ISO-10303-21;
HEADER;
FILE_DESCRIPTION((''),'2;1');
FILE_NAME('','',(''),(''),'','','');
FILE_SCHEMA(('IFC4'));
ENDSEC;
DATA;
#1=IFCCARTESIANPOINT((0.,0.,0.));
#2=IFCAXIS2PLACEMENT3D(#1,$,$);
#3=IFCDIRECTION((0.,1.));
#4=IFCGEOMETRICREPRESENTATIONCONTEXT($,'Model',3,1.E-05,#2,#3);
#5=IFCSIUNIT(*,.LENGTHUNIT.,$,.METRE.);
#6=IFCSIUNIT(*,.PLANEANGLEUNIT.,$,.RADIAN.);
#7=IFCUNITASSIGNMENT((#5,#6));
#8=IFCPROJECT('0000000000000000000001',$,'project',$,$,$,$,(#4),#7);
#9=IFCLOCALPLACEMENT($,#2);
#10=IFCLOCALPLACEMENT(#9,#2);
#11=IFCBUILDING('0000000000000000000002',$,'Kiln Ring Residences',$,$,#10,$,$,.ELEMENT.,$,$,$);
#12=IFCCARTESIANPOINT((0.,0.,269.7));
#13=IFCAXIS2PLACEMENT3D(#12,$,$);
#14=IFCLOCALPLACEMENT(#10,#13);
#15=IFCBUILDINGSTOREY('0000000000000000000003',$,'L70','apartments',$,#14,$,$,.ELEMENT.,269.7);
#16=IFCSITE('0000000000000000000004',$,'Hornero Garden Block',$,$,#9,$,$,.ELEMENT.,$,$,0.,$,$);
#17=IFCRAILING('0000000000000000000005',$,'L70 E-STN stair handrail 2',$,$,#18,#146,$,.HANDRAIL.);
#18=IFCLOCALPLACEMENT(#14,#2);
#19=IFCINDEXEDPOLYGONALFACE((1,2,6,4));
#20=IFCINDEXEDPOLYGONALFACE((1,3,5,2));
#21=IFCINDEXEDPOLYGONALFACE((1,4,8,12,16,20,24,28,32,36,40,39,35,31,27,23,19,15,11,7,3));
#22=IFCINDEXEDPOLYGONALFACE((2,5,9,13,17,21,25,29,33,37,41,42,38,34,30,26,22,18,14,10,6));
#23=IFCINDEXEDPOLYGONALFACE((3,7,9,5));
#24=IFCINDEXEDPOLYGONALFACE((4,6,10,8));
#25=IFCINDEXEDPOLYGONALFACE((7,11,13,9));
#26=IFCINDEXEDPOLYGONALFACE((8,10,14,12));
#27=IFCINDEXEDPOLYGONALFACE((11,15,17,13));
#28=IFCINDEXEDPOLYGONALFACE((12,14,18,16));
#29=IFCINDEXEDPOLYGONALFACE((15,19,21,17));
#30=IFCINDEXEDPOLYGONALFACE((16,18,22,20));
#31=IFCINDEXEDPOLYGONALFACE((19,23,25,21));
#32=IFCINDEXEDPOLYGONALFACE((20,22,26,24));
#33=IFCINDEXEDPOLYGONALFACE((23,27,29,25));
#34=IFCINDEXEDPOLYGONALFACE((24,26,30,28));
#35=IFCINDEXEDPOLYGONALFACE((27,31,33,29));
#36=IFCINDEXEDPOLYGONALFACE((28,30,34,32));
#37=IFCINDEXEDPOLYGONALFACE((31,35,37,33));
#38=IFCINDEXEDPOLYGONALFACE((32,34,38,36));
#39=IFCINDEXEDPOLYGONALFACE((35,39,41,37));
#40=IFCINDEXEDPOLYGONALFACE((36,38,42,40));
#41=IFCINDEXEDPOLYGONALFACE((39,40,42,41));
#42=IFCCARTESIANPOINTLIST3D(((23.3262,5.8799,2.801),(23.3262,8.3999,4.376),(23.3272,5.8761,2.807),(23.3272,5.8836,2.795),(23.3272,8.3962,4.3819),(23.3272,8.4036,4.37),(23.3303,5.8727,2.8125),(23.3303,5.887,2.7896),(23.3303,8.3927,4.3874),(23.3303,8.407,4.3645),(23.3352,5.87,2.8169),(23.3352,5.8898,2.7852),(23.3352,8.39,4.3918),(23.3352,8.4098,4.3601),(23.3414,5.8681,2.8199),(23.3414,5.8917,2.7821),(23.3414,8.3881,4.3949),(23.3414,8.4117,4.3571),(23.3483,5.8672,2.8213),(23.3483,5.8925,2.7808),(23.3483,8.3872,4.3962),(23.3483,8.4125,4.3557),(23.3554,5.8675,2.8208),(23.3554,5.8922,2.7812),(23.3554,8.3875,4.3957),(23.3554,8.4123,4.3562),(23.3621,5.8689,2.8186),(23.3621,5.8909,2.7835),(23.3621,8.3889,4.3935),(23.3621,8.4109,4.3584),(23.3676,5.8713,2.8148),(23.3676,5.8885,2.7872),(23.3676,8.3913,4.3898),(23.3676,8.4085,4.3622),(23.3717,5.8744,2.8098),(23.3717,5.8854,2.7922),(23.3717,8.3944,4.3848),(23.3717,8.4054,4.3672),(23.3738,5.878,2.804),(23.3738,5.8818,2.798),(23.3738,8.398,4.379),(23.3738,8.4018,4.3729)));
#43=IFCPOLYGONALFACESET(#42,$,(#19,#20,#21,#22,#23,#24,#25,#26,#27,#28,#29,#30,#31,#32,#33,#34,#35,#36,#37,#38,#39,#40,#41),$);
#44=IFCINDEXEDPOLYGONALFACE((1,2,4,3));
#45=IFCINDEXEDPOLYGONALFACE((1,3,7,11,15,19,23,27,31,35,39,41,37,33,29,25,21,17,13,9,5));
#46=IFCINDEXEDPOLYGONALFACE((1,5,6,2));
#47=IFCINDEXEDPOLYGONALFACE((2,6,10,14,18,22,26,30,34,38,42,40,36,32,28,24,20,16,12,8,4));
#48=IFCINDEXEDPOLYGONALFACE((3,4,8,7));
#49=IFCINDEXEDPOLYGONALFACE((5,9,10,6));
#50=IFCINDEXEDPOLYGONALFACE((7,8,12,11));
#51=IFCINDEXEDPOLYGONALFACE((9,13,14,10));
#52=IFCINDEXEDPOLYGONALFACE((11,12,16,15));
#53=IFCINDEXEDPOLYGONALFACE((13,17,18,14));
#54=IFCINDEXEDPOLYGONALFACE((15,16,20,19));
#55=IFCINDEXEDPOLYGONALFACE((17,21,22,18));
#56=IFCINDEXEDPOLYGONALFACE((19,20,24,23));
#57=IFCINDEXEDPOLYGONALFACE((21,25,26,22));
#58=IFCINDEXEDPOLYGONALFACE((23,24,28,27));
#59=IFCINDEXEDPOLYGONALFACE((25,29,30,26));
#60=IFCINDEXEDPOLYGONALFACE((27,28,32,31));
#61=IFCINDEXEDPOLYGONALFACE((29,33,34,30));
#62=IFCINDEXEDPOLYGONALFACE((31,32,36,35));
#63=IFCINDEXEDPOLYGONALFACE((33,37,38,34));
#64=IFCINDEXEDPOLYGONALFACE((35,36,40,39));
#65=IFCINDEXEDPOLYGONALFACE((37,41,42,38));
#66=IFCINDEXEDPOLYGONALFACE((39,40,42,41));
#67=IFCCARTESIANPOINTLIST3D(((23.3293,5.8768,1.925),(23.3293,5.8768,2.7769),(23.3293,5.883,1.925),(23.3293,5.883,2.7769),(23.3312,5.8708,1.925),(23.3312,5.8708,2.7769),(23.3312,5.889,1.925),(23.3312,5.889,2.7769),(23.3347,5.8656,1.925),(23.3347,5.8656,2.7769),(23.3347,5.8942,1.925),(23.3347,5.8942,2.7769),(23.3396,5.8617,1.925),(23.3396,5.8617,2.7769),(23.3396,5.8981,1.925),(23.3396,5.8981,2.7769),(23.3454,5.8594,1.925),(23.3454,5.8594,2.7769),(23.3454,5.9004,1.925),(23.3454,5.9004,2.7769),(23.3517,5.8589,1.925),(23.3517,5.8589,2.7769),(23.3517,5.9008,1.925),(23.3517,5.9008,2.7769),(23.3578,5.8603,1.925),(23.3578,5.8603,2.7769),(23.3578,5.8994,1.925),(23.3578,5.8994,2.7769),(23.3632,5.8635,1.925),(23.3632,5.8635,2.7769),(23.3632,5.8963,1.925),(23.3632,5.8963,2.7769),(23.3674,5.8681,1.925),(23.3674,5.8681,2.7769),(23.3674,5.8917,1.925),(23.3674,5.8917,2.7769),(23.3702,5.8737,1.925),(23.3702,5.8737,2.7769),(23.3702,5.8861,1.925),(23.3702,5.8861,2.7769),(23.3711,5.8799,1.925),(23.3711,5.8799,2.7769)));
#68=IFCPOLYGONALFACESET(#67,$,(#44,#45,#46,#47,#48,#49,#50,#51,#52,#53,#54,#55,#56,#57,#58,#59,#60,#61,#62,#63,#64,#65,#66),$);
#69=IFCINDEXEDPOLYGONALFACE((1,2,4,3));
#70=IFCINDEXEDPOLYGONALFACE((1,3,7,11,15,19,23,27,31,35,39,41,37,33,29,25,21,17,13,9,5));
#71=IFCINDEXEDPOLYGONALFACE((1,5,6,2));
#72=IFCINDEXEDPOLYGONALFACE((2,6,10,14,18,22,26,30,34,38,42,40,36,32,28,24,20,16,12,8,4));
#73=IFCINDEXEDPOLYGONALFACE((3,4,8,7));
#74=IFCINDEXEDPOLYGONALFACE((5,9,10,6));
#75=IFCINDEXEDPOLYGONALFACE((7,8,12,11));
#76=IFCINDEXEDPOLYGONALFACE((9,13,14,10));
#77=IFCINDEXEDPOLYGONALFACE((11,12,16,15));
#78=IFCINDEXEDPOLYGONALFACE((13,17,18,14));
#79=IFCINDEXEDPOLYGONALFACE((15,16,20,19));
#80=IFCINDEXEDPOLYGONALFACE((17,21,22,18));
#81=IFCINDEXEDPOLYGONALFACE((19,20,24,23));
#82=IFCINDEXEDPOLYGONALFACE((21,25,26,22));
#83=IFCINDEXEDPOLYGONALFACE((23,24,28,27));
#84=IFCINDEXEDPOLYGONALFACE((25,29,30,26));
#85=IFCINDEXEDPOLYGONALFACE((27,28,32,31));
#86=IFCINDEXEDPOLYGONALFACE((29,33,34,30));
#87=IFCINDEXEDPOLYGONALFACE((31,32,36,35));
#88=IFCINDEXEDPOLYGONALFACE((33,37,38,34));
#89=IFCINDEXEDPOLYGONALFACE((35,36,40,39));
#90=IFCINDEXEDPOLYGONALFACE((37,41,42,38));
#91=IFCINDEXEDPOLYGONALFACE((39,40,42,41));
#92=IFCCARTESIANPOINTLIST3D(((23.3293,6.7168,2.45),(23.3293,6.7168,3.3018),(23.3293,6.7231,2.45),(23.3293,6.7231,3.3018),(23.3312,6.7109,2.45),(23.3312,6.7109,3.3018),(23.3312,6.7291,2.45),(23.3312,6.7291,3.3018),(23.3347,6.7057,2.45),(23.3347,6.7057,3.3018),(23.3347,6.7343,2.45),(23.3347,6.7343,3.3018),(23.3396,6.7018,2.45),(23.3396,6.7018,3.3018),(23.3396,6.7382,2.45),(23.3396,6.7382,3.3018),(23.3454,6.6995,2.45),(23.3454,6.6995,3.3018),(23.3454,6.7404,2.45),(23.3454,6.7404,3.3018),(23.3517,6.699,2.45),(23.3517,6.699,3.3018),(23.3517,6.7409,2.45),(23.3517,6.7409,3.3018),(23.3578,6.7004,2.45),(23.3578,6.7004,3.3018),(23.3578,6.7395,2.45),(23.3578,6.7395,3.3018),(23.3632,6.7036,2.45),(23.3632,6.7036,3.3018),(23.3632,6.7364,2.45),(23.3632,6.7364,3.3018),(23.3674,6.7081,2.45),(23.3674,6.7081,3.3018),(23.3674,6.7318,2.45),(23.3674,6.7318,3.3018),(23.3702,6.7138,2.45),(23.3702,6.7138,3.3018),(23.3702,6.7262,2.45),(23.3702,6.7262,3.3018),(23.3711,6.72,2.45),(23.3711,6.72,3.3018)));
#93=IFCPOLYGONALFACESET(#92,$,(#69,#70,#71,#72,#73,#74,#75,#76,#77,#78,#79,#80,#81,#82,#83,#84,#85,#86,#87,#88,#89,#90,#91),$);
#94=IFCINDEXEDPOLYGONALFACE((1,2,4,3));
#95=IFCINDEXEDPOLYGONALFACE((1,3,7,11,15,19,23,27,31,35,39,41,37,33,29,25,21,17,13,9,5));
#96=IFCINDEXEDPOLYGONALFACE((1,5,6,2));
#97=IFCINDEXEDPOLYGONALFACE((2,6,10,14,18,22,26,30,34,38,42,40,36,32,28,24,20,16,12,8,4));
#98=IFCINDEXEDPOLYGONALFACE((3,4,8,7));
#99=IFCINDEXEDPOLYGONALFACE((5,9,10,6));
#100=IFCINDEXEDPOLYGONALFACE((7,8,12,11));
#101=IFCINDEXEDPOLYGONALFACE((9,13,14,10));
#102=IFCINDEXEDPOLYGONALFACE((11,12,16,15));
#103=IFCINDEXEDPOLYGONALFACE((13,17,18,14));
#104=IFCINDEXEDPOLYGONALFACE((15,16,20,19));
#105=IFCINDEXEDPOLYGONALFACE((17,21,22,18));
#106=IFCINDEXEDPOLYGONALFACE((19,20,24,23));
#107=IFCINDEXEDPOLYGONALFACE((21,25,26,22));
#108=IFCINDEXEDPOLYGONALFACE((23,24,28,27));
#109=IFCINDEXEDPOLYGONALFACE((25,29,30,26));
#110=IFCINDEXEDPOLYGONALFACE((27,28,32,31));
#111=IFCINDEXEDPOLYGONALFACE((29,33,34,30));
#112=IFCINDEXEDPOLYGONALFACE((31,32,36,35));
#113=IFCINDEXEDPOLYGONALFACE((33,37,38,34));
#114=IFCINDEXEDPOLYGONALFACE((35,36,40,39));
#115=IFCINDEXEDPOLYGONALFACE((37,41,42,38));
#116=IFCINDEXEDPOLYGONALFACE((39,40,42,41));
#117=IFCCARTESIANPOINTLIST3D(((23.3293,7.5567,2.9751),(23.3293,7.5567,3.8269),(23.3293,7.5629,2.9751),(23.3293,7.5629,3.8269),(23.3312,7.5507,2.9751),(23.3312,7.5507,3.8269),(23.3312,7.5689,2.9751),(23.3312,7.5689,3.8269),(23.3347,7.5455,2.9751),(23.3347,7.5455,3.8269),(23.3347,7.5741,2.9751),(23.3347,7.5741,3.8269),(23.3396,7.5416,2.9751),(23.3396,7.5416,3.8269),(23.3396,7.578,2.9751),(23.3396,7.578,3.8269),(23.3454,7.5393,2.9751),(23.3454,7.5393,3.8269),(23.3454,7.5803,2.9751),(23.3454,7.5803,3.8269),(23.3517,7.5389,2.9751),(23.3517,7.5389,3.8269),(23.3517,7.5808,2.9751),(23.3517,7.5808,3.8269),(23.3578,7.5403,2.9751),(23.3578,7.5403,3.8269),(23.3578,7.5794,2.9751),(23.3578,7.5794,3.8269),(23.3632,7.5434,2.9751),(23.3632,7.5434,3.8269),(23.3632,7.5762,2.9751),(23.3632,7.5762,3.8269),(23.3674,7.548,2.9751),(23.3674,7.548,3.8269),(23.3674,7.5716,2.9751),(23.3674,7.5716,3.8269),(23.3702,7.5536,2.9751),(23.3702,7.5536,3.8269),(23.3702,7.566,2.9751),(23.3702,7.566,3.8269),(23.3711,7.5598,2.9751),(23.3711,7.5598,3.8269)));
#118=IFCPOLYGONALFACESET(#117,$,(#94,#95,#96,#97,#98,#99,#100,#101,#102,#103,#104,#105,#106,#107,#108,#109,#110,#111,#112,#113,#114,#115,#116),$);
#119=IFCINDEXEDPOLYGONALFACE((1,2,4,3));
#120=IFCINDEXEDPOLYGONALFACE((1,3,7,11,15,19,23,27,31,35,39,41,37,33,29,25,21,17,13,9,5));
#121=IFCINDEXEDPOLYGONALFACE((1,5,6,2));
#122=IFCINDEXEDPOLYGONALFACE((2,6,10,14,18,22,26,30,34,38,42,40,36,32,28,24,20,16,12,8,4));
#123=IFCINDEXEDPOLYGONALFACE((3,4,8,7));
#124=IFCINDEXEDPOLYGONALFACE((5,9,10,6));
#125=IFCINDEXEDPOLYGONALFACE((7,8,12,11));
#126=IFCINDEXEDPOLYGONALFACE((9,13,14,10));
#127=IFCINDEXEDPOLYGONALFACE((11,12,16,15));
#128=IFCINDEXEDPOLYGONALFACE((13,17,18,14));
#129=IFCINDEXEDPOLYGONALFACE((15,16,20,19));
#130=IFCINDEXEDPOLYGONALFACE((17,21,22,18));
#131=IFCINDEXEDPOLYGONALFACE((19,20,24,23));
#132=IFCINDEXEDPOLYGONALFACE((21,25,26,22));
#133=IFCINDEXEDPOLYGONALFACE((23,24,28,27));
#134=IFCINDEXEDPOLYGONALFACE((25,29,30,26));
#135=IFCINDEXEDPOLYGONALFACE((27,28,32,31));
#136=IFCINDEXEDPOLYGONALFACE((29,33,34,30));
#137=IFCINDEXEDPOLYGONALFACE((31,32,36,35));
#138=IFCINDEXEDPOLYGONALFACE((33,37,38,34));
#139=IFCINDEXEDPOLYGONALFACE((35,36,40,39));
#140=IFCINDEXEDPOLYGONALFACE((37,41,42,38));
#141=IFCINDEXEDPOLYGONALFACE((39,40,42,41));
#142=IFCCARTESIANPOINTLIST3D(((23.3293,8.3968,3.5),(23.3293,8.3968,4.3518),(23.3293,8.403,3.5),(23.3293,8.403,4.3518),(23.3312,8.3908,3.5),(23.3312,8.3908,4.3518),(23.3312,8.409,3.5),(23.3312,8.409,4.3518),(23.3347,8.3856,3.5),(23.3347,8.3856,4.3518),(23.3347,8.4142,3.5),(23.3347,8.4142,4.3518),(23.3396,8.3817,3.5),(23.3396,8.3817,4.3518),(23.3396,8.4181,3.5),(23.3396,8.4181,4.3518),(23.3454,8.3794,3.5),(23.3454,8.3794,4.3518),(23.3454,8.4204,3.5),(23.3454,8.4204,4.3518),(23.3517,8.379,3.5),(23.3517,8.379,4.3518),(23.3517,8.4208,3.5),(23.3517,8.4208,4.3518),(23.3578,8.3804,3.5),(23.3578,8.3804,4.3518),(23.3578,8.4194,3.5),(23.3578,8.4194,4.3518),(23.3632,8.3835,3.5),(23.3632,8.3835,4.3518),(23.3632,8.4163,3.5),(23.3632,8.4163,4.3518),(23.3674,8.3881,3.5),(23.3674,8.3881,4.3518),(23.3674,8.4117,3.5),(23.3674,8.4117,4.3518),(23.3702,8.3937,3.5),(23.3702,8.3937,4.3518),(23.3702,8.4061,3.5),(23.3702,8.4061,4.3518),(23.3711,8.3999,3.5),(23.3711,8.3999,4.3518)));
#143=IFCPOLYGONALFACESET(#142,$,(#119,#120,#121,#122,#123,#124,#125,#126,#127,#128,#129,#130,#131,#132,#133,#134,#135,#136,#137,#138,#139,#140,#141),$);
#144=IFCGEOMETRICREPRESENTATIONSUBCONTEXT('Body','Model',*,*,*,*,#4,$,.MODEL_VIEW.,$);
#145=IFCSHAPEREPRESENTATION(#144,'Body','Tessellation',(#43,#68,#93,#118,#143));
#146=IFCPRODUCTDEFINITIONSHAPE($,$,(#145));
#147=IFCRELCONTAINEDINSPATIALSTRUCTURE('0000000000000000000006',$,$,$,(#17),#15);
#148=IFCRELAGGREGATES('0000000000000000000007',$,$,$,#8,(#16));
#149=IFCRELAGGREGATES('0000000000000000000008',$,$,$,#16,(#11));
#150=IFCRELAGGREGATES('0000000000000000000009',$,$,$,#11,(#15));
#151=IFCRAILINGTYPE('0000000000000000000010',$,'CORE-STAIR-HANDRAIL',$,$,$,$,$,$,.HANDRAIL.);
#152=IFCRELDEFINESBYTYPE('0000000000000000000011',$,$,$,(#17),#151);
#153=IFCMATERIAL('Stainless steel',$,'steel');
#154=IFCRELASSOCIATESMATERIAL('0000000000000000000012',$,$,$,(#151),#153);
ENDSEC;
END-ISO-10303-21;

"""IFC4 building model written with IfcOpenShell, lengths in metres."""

from ifc_helpers import new_model, si_unit, direction, frame, origin, origin_2d, place, context, subcontext, project, spatial, circle, extrude, material, type_object, element, save


model = new_model("IFC4")

# Units and contexts
model_context = context("Model", 3, precision=1e-05, world=origin(), true_north=direction((0.0, 1.0)))
body_context = subcontext(model_context, "Body", "Model", "MODEL_VIEW")
ifc_project = project(units=[si_unit("LENGTHUNIT", "METRE"), si_unit("PLANEANGLEUNIT", "RADIAN")], contexts=[model_context])

# Site, building, storey
site_placement = place(None, origin())
site = spatial("IfcSite", under=ifc_project, at=site_placement, Name="Hornero Garden Block", CompositionType="ELEMENT", RefElevation=0.0)
building_placement = place(site_placement, origin())
building = spatial("IfcBuilding", under=site, at=building_placement, Name="Kiln Ring Residences", CompositionType="ELEMENT")
storey_placement = place(building_placement, frame((0.0, 0.0, 269.7)))
storey = spatial("IfcBuildingStorey", under=building, at=storey_placement, Name="L70", Description="apartments", CompositionType="ELEMENT", Elevation=269.7)

# Railing
ifc_material_1 = material(Name="Stainless steel", Category="steel")
railing_type_1 = type_object("IfcRailingType", Name="CORE-STAIR-HANDRAIL", PredefinedType="HANDRAIL", material=ifc_material_1)
railing_1_placement = place(storey_placement, frame((23.3501, 5.8799, 1.925)))
element("IfcRailing", 1, at=railing_1_placement, inside=storey, type_object=railing_type_1, Name="L70 E-STN stair handrail 2", PredefinedType="HANDRAIL", context=body_context, shape_type="SweptSolid", body=[
    extrude(circle(Radius=0.0239, at=origin_2d()), frame((0.0, 0.0, 0.876), z_axis=(0.0, 0.848008, 0.529984), x_axis=(-1.0, 0.0, 0.0)), (0.0, 0.0, 1.0), 2.9717),
    extrude(circle(Radius=0.021, at=origin_2d()), origin(), (0.0, 0.0, 1.0), 0.8518),
    extrude(circle(Radius=0.021, at=origin_2d()), frame((0.0, 0.8401, 0.5249)), (0.0, 0.0, 1.0), 0.8518),
    extrude(circle(Radius=0.021, at=origin_2d()), frame((0.0, 1.6799, 1.05)), (0.0, 0.0, 1.0), 0.8518),
    extrude(circle(Radius=0.021, at=origin_2d()), frame((0.0, 2.52, 1.575)), (0.0, 0.0, 1.0), 0.8518),
])

save(model, "model.ifc")
